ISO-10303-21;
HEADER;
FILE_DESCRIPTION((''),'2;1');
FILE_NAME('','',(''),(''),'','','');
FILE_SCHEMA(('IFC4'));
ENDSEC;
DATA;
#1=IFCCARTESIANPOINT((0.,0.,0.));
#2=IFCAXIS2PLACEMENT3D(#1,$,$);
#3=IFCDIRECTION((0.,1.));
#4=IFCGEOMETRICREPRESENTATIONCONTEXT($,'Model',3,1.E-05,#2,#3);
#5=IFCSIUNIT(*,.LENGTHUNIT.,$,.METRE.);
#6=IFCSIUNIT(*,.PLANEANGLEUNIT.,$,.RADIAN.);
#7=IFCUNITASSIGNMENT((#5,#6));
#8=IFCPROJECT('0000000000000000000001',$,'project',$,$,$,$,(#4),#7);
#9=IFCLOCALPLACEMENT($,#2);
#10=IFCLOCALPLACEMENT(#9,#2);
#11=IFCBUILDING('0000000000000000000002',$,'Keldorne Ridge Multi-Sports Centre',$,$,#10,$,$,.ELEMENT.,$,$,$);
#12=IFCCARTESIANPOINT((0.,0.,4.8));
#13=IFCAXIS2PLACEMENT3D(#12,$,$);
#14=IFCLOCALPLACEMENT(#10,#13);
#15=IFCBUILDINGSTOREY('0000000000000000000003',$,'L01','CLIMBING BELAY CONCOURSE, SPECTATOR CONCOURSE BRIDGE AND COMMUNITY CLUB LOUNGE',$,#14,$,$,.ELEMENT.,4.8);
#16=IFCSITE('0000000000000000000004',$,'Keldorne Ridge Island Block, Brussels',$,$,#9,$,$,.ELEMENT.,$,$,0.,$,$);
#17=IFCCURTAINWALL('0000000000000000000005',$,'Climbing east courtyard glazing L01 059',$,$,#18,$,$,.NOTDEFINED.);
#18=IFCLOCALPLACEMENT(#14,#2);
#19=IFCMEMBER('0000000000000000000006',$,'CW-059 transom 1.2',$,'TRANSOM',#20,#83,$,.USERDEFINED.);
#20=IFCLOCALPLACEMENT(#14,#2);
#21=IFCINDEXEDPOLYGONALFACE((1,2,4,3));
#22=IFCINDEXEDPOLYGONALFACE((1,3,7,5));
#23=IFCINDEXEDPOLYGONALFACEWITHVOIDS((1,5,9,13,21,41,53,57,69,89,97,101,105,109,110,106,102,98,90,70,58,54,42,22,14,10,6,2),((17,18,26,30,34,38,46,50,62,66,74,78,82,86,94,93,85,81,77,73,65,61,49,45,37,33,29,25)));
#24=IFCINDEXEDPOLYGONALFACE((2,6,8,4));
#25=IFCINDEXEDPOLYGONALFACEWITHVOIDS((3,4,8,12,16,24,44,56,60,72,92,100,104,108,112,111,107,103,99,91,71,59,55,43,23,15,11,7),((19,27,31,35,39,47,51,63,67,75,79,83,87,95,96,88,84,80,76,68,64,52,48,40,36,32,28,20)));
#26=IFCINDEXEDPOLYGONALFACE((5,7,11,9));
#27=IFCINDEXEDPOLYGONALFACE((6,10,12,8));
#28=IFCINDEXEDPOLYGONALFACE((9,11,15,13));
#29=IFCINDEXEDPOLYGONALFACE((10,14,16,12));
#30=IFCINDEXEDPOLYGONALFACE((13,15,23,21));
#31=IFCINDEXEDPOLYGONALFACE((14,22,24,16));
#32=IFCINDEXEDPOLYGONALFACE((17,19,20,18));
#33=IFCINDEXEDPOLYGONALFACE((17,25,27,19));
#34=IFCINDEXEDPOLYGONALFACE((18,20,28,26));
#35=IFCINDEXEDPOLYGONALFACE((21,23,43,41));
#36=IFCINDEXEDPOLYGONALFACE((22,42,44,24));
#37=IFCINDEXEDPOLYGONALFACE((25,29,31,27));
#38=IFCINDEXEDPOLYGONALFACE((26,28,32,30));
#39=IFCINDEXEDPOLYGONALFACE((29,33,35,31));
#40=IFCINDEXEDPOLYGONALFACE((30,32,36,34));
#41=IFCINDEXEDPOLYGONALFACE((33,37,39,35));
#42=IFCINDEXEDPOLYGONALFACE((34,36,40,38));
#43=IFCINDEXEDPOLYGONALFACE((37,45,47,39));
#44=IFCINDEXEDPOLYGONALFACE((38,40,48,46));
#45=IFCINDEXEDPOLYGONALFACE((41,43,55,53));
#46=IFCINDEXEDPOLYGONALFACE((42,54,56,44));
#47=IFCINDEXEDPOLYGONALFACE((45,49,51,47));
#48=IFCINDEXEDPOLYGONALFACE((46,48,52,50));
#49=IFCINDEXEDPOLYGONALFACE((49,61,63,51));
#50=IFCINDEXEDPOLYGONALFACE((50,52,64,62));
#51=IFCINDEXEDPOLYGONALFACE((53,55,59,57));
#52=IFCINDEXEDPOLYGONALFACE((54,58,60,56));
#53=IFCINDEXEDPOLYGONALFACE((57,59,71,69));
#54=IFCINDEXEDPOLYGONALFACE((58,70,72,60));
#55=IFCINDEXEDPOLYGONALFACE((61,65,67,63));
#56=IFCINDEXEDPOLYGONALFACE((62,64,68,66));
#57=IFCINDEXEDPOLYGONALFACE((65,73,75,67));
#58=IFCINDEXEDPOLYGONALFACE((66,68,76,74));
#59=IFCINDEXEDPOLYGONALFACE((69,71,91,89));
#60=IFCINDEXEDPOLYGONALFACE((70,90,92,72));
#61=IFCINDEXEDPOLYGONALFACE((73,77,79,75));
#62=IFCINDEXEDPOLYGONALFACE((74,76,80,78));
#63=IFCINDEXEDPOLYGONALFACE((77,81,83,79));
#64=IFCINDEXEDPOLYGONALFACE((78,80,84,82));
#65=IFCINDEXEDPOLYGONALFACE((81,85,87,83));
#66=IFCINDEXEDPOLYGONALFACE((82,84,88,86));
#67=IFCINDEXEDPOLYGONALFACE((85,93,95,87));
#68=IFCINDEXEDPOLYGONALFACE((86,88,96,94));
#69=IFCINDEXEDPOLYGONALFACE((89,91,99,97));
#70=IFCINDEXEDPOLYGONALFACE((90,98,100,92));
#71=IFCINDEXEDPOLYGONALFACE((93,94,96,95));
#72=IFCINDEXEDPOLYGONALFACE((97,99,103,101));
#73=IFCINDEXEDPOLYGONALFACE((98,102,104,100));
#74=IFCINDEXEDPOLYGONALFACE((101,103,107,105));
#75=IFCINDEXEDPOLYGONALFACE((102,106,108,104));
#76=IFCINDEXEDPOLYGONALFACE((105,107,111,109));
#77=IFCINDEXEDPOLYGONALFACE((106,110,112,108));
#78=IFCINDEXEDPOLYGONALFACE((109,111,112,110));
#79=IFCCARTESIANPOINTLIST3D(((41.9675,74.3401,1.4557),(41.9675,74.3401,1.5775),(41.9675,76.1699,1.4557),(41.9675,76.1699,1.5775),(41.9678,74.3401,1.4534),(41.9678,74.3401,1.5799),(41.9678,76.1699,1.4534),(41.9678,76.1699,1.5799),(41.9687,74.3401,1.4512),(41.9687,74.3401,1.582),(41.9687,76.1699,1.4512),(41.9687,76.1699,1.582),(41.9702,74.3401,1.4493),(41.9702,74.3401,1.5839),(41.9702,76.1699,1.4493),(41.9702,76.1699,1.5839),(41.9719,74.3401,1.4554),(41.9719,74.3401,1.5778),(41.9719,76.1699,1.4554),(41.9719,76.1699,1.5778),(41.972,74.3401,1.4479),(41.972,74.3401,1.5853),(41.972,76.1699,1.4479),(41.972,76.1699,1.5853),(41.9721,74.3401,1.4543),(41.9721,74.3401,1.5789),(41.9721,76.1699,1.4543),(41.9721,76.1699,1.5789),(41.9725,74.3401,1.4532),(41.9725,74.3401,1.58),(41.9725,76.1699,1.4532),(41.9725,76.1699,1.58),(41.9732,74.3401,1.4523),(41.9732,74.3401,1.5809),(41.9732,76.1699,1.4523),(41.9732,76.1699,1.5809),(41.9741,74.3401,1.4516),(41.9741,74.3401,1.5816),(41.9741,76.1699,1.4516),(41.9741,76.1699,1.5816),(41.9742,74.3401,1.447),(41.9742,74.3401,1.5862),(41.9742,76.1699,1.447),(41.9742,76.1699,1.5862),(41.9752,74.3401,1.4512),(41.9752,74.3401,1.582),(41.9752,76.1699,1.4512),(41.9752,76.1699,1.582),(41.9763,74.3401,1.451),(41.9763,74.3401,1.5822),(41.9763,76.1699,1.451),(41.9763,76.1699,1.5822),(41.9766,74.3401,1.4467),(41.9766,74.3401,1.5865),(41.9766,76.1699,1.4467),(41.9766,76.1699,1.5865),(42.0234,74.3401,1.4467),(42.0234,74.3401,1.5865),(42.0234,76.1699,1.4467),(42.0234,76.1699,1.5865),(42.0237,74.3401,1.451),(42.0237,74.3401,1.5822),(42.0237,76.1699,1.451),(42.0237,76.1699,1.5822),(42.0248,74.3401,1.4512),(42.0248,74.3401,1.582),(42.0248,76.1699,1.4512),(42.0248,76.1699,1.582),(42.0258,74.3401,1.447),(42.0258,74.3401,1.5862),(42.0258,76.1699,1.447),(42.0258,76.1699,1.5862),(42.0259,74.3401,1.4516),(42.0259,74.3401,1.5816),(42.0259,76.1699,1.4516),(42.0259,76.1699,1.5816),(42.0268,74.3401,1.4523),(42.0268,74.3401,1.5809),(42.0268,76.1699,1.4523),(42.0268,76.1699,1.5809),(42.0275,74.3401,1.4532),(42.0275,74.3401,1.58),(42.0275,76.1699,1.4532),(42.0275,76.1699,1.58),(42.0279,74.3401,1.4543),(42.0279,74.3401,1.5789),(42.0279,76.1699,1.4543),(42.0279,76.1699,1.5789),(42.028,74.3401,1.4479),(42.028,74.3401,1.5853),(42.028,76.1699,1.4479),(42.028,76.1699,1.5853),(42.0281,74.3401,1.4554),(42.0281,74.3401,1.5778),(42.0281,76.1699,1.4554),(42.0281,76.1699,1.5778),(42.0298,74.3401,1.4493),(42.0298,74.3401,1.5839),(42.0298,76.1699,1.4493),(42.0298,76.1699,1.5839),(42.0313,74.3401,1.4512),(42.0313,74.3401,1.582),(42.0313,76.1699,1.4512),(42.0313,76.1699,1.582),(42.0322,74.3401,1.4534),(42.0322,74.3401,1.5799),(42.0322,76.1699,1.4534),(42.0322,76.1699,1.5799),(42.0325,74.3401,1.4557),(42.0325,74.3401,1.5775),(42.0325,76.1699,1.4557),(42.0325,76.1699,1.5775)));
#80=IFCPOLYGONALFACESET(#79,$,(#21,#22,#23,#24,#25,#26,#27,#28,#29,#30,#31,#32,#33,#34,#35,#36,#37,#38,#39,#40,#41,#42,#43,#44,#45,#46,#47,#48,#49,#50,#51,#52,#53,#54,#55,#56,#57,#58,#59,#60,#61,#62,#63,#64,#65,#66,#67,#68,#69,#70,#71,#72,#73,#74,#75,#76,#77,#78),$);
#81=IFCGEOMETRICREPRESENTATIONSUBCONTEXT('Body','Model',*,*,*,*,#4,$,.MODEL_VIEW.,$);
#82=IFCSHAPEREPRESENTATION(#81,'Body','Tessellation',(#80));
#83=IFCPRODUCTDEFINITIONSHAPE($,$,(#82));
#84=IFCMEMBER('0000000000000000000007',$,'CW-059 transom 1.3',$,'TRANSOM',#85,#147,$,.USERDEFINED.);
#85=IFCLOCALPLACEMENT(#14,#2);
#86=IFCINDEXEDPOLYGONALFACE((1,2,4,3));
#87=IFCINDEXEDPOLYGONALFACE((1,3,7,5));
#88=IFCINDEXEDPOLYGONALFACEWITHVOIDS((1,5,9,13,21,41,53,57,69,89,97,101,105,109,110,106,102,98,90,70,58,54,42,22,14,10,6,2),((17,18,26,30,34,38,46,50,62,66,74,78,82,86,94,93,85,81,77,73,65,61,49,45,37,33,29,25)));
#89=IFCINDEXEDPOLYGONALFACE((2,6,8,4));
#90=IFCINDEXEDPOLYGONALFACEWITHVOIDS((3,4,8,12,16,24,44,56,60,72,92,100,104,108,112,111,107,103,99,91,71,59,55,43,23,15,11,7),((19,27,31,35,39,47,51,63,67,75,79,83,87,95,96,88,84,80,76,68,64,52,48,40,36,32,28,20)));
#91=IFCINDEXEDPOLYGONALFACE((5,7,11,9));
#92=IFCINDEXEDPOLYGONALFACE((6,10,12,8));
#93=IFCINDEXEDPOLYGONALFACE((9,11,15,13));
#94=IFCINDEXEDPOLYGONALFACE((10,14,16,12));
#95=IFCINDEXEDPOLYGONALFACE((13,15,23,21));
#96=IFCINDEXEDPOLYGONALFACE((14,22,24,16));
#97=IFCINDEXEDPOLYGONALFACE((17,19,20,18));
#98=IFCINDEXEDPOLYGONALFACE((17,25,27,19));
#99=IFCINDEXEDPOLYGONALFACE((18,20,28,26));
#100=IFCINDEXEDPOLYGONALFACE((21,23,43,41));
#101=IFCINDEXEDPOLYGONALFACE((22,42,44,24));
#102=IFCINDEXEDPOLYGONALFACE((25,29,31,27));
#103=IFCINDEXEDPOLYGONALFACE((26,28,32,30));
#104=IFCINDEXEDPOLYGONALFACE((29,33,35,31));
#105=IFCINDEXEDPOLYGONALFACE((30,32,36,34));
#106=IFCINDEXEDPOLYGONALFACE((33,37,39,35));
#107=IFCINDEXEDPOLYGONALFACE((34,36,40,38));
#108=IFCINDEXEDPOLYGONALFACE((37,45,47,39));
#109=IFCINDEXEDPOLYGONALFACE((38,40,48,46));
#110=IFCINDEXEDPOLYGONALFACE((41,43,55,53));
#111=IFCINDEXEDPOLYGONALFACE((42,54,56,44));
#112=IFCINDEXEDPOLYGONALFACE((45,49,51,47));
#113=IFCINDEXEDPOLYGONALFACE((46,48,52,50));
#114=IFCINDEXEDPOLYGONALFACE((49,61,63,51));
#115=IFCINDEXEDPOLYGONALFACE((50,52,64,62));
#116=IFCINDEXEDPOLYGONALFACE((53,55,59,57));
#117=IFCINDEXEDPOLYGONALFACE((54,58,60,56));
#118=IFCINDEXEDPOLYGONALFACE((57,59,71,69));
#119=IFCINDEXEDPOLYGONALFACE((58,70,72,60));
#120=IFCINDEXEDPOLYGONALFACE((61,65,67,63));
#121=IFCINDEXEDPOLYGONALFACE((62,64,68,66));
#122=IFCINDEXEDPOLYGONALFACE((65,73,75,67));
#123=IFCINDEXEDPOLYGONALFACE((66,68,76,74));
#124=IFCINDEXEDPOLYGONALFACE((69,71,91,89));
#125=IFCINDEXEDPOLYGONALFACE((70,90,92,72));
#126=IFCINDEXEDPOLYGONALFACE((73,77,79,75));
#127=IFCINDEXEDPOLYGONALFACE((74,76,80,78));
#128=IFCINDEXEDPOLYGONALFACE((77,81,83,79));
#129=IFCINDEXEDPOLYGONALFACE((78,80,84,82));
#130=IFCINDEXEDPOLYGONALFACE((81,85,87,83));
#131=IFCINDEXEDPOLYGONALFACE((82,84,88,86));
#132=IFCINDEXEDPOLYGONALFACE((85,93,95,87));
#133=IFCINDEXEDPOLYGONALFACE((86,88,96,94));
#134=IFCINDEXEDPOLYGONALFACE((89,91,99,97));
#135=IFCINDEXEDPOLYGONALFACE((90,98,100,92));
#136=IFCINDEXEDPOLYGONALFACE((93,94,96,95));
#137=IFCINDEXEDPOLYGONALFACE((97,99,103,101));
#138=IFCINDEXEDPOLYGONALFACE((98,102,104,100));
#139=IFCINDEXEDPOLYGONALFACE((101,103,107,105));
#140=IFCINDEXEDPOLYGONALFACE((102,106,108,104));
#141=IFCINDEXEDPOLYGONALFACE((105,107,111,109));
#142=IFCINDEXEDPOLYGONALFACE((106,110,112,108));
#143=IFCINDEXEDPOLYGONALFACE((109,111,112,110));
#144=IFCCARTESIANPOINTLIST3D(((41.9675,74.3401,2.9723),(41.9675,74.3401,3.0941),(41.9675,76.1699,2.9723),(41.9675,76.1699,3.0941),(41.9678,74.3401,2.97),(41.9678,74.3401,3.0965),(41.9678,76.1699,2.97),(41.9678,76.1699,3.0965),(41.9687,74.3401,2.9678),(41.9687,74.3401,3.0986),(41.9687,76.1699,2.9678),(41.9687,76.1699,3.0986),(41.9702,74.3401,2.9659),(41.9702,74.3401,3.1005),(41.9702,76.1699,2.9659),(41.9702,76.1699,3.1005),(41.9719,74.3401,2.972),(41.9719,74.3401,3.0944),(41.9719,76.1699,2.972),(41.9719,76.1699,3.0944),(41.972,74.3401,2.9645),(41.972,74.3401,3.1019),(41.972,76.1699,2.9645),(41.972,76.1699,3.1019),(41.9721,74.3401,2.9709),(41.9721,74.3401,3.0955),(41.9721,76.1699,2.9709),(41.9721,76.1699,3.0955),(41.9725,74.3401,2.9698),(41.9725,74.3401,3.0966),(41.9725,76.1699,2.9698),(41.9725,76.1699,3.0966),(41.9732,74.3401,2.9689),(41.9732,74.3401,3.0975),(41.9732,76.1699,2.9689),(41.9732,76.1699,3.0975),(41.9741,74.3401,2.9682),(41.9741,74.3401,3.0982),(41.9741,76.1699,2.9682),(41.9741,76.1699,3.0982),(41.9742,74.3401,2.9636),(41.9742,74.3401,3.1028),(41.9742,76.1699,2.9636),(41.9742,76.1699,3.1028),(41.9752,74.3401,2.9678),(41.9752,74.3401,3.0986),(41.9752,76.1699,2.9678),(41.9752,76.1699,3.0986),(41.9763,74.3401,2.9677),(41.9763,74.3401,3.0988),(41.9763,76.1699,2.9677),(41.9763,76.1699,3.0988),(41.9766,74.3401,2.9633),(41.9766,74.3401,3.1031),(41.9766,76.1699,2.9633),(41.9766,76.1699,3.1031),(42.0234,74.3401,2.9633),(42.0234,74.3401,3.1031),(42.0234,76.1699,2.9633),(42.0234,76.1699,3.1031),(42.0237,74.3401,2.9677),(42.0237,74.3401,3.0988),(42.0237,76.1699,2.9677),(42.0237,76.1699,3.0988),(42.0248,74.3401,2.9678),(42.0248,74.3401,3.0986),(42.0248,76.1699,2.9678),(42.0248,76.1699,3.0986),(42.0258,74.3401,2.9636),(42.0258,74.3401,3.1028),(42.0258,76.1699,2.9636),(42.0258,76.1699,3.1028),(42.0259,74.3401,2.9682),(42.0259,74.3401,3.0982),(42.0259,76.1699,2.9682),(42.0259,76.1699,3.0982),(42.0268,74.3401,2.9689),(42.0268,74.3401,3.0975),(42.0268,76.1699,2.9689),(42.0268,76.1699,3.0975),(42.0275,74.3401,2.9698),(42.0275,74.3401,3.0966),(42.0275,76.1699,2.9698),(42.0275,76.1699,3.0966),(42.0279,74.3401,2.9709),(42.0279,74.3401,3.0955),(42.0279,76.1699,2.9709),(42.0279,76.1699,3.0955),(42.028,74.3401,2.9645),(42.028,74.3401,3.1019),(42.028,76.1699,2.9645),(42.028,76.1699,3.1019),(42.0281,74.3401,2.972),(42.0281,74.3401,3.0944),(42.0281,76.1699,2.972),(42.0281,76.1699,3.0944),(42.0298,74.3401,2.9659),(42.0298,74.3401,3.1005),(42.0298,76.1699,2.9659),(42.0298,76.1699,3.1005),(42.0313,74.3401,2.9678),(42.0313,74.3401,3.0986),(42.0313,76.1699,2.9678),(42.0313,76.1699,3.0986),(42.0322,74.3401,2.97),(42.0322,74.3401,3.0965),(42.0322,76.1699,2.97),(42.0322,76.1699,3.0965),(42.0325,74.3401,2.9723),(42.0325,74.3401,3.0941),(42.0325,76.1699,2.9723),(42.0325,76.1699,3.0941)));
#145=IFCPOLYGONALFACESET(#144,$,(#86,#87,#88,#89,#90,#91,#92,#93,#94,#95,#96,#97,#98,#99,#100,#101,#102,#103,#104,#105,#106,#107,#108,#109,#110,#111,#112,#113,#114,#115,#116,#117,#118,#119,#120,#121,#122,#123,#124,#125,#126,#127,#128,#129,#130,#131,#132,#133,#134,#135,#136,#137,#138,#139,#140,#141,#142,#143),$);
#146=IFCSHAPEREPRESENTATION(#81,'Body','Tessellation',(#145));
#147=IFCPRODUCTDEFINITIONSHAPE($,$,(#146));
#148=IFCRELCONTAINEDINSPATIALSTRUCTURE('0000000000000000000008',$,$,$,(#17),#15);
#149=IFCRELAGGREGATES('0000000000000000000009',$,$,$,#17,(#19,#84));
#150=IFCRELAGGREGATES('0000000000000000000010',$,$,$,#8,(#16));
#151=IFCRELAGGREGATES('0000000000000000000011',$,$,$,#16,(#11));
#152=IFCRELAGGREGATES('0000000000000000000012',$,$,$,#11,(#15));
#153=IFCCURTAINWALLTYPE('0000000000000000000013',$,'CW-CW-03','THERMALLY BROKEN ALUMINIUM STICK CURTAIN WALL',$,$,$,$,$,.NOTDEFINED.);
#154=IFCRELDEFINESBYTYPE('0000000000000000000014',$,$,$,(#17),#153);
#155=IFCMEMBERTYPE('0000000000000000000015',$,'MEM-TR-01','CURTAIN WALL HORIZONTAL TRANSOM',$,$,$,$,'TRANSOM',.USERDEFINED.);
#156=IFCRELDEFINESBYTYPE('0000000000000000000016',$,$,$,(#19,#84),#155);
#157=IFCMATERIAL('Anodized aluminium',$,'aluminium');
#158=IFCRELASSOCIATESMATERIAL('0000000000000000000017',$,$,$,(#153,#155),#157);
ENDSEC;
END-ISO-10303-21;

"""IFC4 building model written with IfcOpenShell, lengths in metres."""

from ifc_helpers import new_model, si_unit, direction, frame, origin, origin_2d, place, context, subcontext, project, spatial, hollow_rectangle, extrude, material, material_profile, profile_set, type_object, element, aggregate, save


model = new_model("IFC4")

# Units and contexts
model_context = context("Model", 3, precision=1e-05, world=origin(), true_north=direction((0.0, 1.0)))
body_context = subcontext(model_context, "Body", "Model", "MODEL_VIEW")
ifc_project = project(units=[si_unit("LENGTHUNIT", "METRE"), si_unit("PLANEANGLEUNIT", "RADIAN")], contexts=[model_context])

# Site, building, storey
site_placement = place(None, origin())
site = spatial("IfcSite", under=ifc_project, at=site_placement, Name="Keldorne Ridge Island Block, Brussels", CompositionType="ELEMENT", RefElevation=0.0)
building_placement = place(site_placement, origin())
building = spatial("IfcBuilding", under=site, at=building_placement, Name="Keldorne Ridge Multi-Sports Centre", CompositionType="ELEMENT")
storey_placement = place(building_placement, frame((0.0, 0.0, 4.8)))
storey = spatial("IfcBuildingStorey", under=building, at=storey_placement, Name="L01", Description="CLIMBING BELAY CONCOURSE, SPECTATOR CONCOURSE BRIDGE AND COMMUNITY CLUB LOUNGE", CompositionType="ELEMENT", Elevation=4.8)

# Curtain wall
ifc_material_1 = material(Name="Anodized aluminium", Category="aluminium")
curtain_wall_type_1 = type_object("IfcCurtainWallType", Name="CW-CW-03", Description="THERMALLY BROKEN ALUMINIUM STICK CURTAIN WALL", PredefinedType="NOTDEFINED", material=ifc_material_1)
curtain_wall_1_placement = place(storey_placement, origin())
curtain_wall_1 = element("IfcCurtainWall", 1, at=curtain_wall_1_placement, inside=storey, type_object=curtain_wall_type_1, Name="Climbing east courtyard glazing L01 059", PredefinedType="NOTDEFINED")
ifc_material_profile_1 = material_profile(ifc_material_1, hollow_rectangle(XDim=0.0649, YDim=0.1399, WallThickness=0.0044, InnerFilletRadius=0.0044, OuterFilletRadius=0.009, at=origin_2d()), Name="ALU TRANSOM 140x65x4.5")
ifc_profile_set_1 = profile_set([ifc_material_profile_1], Name="Anodized aluminium")
member_type_1 = type_object("IfcMemberType", Name="MEM-TR-01", Description="CURTAIN WALL HORIZONTAL TRANSOM", ElementType="TRANSOM", PredefinedType="USERDEFINED", material=ifc_profile_set_1)

# Members
member_1_placement = place(storey_placement, frame((42.0, 74.3401, 1.5166), z_axis=(0.0, 1.0, 0.0), x_axis=(-1.0, 0.0, 0.0)))
member_1 = element("IfcMember", 2, at=member_1_placement, type_object=member_type_1, Name="CW-059 transom 1.2", ObjectType="TRANSOM", PredefinedType="USERDEFINED", context=body_context, shape_type="SweptSolid", body=[
    extrude(hollow_rectangle(XDim=0.0649, YDim=0.1399, WallThickness=0.0044, InnerFilletRadius=0.0044, OuterFilletRadius=0.009, at=origin_2d()), origin(), (0.0, 0.0, 1.0), 1.8298),
])
member_2_placement = place(storey_placement, frame((42.0, 74.3401, 3.0332), z_axis=(0.0, 1.0, 0.0), x_axis=(-1.0, 0.0, 0.0)))
member_2 = element("IfcMember", 3, at=member_2_placement, type_object=member_type_1, Name="CW-059 transom 1.3", ObjectType="TRANSOM", PredefinedType="USERDEFINED", context=body_context, shape_type="SweptSolid", body=[
    extrude(hollow_rectangle(XDim=0.0649, YDim=0.1399, WallThickness=0.0044, InnerFilletRadius=0.0044, OuterFilletRadius=0.009, at=origin_2d()), origin(), (0.0, 0.0, 1.0), 1.8298),
])

aggregate(curtain_wall_1, [member_1, member_2])

save(model, "model.ifc")
